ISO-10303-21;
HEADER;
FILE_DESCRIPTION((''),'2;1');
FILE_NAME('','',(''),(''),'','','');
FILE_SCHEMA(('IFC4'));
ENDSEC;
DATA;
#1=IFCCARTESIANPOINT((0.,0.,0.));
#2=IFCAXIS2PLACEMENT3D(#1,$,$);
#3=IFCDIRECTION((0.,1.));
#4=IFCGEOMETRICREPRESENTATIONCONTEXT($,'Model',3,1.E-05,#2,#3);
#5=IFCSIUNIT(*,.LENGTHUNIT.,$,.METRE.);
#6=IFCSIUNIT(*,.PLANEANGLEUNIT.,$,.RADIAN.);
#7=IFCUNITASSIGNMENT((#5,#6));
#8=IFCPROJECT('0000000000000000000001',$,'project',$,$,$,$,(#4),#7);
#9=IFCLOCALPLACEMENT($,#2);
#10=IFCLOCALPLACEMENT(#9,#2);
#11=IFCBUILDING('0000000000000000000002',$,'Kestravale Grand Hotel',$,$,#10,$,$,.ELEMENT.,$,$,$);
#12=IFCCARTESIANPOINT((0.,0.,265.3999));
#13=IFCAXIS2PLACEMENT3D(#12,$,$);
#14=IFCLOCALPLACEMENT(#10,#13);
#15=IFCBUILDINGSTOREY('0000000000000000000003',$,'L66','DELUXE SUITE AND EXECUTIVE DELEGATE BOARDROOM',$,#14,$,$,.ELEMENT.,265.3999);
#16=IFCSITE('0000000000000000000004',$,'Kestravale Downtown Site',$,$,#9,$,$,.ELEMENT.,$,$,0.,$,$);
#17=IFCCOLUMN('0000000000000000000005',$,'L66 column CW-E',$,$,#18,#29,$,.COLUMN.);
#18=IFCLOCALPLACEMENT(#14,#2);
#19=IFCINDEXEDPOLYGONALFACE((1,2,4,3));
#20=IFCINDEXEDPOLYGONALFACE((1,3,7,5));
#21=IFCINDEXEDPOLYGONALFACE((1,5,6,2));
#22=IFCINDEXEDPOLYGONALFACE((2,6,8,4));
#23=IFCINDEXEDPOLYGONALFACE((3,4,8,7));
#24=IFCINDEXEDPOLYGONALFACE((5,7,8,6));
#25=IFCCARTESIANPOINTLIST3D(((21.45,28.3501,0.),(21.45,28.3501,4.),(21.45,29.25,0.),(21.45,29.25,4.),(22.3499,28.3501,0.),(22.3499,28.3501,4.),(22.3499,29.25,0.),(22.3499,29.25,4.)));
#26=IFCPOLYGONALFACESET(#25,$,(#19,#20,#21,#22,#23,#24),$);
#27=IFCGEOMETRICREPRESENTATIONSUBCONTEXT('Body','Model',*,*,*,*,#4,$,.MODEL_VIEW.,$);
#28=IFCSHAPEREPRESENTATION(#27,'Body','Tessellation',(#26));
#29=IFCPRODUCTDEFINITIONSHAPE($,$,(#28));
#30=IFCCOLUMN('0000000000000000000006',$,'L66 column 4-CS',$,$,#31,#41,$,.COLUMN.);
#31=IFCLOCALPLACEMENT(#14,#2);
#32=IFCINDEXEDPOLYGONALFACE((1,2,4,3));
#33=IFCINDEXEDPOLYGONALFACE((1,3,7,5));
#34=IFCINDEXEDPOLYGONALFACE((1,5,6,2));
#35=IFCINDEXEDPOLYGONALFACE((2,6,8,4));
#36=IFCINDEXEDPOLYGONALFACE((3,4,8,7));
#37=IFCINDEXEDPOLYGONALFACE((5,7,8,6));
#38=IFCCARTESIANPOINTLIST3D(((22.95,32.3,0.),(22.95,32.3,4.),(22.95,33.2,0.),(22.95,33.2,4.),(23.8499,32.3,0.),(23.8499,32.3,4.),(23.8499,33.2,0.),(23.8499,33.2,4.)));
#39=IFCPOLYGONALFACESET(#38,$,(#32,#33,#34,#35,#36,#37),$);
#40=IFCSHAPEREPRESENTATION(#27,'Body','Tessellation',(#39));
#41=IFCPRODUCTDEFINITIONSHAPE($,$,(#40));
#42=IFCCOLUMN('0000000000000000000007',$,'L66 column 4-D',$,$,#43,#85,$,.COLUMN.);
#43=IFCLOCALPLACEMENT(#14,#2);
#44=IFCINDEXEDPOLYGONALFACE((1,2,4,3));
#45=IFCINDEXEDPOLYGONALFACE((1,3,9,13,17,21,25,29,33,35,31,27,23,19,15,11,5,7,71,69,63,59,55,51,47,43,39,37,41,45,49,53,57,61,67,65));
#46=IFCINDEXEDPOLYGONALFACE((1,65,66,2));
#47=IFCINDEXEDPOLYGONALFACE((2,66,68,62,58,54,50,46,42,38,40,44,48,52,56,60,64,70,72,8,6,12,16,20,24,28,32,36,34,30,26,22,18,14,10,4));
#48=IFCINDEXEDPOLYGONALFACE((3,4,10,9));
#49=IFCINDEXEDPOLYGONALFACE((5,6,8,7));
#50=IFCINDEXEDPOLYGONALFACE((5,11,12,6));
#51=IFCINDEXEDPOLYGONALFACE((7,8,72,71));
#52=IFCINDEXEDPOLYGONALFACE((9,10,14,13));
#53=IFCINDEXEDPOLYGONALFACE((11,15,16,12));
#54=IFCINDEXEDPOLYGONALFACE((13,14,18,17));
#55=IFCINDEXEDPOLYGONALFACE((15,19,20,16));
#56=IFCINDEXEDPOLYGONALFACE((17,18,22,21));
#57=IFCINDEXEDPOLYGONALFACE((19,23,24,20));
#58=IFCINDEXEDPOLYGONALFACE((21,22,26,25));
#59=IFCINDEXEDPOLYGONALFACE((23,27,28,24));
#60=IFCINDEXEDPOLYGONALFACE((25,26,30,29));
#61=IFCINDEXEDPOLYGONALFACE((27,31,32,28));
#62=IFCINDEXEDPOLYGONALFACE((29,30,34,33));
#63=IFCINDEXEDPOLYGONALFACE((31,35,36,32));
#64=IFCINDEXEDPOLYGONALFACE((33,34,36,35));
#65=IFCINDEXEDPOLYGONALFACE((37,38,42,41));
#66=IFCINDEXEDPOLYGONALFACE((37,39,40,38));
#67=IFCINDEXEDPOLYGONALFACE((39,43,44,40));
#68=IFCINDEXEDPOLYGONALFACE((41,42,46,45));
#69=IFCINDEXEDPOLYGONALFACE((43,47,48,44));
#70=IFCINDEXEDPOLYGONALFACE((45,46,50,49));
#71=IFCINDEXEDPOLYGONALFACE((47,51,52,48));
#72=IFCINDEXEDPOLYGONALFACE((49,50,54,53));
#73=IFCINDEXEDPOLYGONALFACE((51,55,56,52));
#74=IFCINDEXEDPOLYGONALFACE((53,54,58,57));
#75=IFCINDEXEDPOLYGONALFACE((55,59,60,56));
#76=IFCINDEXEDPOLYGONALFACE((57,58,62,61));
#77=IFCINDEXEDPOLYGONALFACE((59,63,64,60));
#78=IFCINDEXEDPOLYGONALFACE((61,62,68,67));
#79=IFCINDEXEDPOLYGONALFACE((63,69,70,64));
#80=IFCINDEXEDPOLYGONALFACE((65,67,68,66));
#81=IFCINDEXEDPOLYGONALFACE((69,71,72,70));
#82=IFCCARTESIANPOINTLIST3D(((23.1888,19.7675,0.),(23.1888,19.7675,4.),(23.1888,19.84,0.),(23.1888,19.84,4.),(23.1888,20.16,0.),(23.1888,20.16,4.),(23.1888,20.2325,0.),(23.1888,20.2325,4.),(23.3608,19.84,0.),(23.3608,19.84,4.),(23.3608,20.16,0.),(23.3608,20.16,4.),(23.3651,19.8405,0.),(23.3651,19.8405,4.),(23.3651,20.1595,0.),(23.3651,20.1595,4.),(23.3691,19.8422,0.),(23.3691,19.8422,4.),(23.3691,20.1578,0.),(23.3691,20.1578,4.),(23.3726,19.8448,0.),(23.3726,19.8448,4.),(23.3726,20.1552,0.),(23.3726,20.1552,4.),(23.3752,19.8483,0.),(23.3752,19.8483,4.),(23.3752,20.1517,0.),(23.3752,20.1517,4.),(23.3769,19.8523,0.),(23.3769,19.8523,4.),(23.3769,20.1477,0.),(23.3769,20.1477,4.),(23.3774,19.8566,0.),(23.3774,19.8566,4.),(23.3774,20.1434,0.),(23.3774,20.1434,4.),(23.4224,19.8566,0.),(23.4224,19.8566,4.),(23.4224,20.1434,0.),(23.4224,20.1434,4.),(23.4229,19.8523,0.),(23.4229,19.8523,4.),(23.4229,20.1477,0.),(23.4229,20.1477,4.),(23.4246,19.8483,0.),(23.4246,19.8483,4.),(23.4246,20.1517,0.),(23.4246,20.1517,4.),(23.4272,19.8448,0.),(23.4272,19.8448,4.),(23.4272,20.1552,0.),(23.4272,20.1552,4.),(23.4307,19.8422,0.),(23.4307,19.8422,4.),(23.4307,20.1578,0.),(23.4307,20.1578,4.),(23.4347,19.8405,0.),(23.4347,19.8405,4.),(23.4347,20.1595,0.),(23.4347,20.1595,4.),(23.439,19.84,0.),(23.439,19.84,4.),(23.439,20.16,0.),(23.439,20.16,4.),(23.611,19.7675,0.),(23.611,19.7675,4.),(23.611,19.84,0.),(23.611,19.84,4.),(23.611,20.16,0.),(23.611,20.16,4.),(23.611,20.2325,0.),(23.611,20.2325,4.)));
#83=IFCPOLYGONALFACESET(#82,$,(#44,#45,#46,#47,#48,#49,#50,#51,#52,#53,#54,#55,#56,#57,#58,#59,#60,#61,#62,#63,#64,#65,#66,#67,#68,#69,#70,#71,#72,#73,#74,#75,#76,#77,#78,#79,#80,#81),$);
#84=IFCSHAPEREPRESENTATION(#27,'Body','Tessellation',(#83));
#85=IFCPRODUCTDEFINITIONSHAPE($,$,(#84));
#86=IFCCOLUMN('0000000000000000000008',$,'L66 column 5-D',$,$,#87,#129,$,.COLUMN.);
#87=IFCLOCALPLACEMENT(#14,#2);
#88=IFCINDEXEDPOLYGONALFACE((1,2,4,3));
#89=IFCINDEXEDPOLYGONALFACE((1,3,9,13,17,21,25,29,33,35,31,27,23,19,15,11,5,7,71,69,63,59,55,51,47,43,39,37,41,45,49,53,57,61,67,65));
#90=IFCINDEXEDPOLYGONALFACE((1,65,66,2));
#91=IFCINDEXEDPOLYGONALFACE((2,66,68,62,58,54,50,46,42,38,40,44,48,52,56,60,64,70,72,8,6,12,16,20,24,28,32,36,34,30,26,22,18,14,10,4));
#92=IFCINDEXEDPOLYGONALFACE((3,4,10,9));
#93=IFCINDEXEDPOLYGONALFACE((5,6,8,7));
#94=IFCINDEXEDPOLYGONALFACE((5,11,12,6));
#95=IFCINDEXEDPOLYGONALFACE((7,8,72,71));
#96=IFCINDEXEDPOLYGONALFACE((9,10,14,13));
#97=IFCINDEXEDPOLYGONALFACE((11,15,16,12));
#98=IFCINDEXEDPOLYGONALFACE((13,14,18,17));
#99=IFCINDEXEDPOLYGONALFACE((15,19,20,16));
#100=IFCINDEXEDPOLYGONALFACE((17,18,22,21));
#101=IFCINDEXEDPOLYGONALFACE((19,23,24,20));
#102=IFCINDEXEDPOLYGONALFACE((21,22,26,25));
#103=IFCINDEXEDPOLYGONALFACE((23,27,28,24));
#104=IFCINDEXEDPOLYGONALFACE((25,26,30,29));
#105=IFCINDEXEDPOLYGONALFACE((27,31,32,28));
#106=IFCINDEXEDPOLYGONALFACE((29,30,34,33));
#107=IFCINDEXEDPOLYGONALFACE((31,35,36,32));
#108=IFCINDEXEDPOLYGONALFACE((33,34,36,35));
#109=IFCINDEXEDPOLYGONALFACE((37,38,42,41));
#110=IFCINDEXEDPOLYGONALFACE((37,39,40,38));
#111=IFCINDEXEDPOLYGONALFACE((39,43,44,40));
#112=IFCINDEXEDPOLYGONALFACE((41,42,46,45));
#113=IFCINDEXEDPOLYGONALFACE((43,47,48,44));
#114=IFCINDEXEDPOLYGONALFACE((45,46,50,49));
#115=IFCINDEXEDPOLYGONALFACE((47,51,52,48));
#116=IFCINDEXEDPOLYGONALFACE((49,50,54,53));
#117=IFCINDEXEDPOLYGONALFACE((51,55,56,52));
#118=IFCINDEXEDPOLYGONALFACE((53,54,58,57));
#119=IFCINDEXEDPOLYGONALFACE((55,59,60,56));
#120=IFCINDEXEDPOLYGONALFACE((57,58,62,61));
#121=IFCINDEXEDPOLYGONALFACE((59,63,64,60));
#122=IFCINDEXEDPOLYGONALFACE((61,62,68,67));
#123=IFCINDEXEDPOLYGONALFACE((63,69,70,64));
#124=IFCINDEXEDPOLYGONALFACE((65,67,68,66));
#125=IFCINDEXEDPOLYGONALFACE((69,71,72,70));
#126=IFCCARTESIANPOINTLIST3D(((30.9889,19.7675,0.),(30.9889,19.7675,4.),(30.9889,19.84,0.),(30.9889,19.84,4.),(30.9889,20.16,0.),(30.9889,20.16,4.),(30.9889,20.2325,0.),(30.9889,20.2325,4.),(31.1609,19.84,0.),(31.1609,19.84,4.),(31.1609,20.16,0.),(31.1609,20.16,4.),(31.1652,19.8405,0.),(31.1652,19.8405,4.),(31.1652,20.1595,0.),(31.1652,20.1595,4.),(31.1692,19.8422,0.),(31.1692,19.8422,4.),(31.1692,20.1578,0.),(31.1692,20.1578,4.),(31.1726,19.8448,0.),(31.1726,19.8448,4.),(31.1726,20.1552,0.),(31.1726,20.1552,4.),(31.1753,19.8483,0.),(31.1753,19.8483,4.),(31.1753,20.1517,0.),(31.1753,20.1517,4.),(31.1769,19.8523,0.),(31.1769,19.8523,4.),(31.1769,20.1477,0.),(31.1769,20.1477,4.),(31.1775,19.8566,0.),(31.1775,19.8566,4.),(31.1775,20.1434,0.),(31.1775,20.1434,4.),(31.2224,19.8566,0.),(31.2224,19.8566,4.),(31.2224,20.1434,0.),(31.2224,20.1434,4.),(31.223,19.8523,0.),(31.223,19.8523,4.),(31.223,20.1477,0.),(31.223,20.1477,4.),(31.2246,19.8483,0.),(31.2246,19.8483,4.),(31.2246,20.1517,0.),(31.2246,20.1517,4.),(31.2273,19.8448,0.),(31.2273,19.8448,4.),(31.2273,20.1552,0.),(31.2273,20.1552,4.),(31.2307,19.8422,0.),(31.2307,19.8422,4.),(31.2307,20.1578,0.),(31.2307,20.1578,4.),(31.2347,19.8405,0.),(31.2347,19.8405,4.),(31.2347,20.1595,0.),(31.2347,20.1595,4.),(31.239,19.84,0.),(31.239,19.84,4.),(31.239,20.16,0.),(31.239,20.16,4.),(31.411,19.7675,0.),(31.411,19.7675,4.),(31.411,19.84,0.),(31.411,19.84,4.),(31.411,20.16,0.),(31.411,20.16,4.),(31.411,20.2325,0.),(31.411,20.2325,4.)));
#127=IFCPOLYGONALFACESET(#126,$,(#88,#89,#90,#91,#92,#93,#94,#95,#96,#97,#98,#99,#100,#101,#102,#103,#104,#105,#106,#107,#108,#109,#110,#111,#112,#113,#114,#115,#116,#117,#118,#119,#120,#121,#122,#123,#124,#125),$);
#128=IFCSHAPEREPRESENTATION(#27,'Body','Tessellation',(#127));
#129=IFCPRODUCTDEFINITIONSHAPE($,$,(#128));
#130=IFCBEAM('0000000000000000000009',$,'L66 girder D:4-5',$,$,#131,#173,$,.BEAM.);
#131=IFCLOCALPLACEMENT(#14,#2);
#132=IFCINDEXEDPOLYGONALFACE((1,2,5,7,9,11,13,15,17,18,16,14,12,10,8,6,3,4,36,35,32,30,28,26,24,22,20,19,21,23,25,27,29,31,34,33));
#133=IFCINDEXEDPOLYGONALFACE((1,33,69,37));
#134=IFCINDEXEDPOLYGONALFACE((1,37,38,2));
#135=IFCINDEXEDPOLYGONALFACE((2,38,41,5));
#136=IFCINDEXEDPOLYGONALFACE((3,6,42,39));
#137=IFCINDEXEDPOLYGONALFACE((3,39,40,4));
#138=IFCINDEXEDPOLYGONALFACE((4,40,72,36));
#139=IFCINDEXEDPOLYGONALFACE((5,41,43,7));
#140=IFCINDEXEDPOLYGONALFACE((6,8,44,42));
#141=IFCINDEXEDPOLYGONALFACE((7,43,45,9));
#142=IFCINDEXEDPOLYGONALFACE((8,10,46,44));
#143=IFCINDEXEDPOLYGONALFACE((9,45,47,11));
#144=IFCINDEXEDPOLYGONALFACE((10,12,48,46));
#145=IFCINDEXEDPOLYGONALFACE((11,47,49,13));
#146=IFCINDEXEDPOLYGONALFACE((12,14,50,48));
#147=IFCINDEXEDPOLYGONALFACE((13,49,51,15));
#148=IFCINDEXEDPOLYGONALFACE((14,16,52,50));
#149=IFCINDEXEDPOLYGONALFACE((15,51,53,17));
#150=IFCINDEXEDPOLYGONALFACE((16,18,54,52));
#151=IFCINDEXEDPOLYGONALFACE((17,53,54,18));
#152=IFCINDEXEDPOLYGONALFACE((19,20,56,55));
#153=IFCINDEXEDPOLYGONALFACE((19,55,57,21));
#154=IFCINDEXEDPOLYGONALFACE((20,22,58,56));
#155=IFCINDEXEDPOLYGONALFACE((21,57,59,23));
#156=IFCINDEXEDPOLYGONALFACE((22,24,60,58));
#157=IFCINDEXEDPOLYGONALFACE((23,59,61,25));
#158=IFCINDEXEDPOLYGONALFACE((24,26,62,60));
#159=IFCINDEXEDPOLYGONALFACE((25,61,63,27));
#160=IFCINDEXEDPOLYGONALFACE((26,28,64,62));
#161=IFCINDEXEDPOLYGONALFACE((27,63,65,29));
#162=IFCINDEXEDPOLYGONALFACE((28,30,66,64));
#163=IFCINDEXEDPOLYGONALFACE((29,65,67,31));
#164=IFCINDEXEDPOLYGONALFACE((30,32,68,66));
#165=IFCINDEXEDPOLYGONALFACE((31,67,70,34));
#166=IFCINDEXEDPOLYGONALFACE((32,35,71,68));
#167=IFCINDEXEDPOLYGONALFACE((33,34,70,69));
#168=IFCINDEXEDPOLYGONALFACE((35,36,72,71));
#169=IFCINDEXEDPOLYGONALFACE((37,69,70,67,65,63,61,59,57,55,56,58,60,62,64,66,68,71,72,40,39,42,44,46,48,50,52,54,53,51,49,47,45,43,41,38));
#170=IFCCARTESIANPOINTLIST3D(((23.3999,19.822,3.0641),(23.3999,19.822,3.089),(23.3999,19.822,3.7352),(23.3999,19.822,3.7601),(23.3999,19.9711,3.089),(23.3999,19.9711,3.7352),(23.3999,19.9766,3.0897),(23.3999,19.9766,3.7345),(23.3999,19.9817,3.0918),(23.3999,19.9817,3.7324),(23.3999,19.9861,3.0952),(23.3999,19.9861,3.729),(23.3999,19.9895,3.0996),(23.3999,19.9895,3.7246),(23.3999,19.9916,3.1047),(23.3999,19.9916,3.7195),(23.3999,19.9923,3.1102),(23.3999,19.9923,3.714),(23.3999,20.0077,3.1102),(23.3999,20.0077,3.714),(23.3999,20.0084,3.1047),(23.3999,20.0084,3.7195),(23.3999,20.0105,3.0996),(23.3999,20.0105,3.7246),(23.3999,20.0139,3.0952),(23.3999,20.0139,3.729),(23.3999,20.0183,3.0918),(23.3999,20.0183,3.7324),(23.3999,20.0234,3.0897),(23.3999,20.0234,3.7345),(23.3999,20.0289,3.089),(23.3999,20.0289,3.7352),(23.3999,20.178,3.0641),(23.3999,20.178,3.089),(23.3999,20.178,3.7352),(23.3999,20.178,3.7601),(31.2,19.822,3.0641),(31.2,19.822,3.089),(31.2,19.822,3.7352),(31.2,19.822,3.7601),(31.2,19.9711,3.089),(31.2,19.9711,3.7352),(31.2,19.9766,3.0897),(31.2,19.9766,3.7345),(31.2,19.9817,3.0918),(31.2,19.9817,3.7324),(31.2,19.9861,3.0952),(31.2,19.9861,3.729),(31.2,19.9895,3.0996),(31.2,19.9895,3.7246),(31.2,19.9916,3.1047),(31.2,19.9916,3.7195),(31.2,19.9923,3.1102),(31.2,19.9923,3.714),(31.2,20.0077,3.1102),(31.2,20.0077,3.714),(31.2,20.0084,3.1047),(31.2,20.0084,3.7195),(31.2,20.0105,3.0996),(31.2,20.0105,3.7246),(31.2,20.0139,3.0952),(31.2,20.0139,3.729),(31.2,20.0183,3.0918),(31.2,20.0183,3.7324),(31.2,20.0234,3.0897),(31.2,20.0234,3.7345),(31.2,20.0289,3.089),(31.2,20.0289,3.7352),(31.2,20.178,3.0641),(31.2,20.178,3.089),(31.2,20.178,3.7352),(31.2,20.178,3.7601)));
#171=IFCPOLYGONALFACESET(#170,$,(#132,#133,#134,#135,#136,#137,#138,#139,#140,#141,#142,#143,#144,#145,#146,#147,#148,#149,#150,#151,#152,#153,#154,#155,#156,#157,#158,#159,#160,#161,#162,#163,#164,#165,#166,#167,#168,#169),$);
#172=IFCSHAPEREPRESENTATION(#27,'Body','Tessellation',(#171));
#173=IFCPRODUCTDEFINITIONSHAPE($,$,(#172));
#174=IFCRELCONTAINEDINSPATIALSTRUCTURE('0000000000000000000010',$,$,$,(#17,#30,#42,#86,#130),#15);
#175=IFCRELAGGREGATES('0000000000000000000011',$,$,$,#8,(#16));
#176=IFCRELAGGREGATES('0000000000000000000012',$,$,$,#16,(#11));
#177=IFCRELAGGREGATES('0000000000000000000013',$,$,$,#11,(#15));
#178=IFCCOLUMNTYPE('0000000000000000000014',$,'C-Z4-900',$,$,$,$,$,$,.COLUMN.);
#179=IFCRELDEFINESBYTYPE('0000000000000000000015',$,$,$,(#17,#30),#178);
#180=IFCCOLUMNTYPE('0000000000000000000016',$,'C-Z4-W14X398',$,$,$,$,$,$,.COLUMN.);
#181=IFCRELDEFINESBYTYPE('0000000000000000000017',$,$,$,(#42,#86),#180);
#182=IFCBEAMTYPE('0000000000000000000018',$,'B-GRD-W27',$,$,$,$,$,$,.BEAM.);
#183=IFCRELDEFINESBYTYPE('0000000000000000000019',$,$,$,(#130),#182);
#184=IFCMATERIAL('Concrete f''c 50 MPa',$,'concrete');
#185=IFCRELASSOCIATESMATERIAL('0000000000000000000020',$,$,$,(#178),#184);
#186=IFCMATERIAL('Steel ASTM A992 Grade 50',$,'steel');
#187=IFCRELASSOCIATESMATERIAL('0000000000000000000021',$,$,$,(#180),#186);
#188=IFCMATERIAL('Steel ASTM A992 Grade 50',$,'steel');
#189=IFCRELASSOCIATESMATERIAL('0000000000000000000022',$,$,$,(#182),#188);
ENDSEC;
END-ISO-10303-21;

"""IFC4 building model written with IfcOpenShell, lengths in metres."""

from ifc_helpers import new_model, si_unit, direction, frame, origin, origin_2d, place, context, subcontext, project, spatial, rectangle, i_section, extrude, material, material_profile, profile_set, type_object, element, save


model = new_model("IFC4")

# Units and contexts
model_context = context("Model", 3, precision=1e-05, world=origin(), true_north=direction((0.0, 1.0)))
body_context = subcontext(model_context, "Body", "Model", "MODEL_VIEW")
ifc_project = project(units=[si_unit("LENGTHUNIT", "METRE"), si_unit("PLANEANGLEUNIT", "RADIAN")], contexts=[model_context])

# Site, building, storey
site_placement = place(None, origin())
site = spatial("IfcSite", under=ifc_project, at=site_placement, Name="Kestravale Downtown Site", CompositionType="ELEMENT", RefElevation=0.0)
building_placement = place(site_placement, origin())
building = spatial("IfcBuilding", under=site, at=building_placement, Name="Kestravale Grand Hotel", CompositionType="ELEMENT")
storey_placement = place(building_placement, frame((0.0, 0.0, 265.3999)))
storey = spatial("IfcBuildingStorey", under=building, at=storey_placement, Name="L66", Description="DELUXE SUITE AND EXECUTIVE DELEGATE BOARDROOM", CompositionType="ELEMENT", Elevation=265.3999)

# Columns
ifc_material_1 = material(Name="Concrete f'c 50 MPa", Category="concrete")
ifc_material_profile_1 = material_profile(ifc_material_1, rectangle(XDim=0.8999, YDim=0.8999, at=origin_2d()))
ifc_profile_set_1 = profile_set([ifc_material_profile_1], Name="Concrete f'c 50 MPa")
column_type_1 = type_object("IfcColumnType", Name="C-Z4-900", PredefinedType="COLUMN", material=ifc_profile_set_1)
for number, where, z_axis, x_axis, name in (
    (1, (21.8999, 28.8, 0.0), (0.0, 0.0, 1.0), (1.0, 0.0, 0.0), "L66 column CW-E"),
    (2, (23.3999, 32.75, 0.0), (0.0, 0.0, 1.0), (1.0, 0.0, 0.0), "L66 column 4-CS"),
):
    element("IfcColumn", number, at=place(storey_placement, frame(where, z_axis=z_axis, x_axis=x_axis)), inside=storey, type_object=column_type_1, Name=name, PredefinedType="COLUMN", context=body_context, shape_type="SweptSolid", body=[
        extrude(rectangle(XDim=0.8999, YDim=0.8999, at=origin_2d()), origin(), (0.0, 0.0, 1.0), 4.0),
    ])
ifc_material_2 = material(Name="Steel ASTM A992 Grade 50", Category="steel")
ifc_material_profile_2 = material_profile(ifc_material_2, i_section(OverallWidth=0.4221, OverallDepth=0.4651, WebThickness=0.0449, FlangeThickness=0.0725, FilletRadius=0.0166, at=origin_2d()))
ifc_profile_set_2 = profile_set([ifc_material_profile_2], Name="Steel ASTM A992 Grade 50")
column_type_2 = type_object("IfcColumnType", Name="C-Z4-W14X398", PredefinedType="COLUMN", material=ifc_profile_set_2)
for number, where, z_axis, x_axis, name in (
    (3, (23.3999, 20.0, 0.0), (0.0, 0.0, 1.0), (1.0, 0.0, 0.0), "L66 column 4-D"),
    (4, (31.2, 20.0, 0.0), (0.0, 0.0, 1.0), (1.0, 0.0, 0.0), "L66 column 5-D"),
):
    element("IfcColumn", number, at=place(storey_placement, frame(where, z_axis=z_axis, x_axis=x_axis)), inside=storey, type_object=column_type_2, Name=name, PredefinedType="COLUMN", context=body_context, shape_type="SweptSolid", body=[
        extrude(i_section(OverallWidth=0.4221, OverallDepth=0.4651, WebThickness=0.0449, FlangeThickness=0.0725, FilletRadius=0.0166, at=origin_2d()), origin(), (0.0, 0.0, 1.0), 4.0),
    ])

# Beam
ifc_material_3 = material(Name="Steel ASTM A992 Grade 50", Category="steel")
ifc_material_profile_3 = material_profile(ifc_material_3, i_section(OverallWidth=0.356, OverallDepth=0.696, WebThickness=0.0154, FlangeThickness=0.0249, FilletRadius=0.0212, at=origin_2d()))
ifc_profile_set_3 = profile_set([ifc_material_profile_3], Name="Steel ASTM A992 Grade 50")
beam_type = type_object("IfcBeamType", Name="B-GRD-W27", PredefinedType="BEAM", material=ifc_profile_set_3)
beam_1_placement = place(storey_placement, frame((23.3999, 20.0, 3.4121), z_axis=(1.0, 0.0, 0.0), x_axis=(0.0, 1.0, 0.0)))
element("IfcBeam", 5, at=beam_1_placement, inside=storey, type_object=beam_type, Name="L66 girder D:4-5", PredefinedType="BEAM", context=body_context, shape_type="SweptSolid", body=[
    extrude(i_section(OverallWidth=0.356, OverallDepth=0.696, WebThickness=0.0154, FlangeThickness=0.0249, FilletRadius=0.0212, at=origin_2d()), origin(), (0.0, 0.0, 1.0), 7.8),
])

save(model, "model.ifc")
